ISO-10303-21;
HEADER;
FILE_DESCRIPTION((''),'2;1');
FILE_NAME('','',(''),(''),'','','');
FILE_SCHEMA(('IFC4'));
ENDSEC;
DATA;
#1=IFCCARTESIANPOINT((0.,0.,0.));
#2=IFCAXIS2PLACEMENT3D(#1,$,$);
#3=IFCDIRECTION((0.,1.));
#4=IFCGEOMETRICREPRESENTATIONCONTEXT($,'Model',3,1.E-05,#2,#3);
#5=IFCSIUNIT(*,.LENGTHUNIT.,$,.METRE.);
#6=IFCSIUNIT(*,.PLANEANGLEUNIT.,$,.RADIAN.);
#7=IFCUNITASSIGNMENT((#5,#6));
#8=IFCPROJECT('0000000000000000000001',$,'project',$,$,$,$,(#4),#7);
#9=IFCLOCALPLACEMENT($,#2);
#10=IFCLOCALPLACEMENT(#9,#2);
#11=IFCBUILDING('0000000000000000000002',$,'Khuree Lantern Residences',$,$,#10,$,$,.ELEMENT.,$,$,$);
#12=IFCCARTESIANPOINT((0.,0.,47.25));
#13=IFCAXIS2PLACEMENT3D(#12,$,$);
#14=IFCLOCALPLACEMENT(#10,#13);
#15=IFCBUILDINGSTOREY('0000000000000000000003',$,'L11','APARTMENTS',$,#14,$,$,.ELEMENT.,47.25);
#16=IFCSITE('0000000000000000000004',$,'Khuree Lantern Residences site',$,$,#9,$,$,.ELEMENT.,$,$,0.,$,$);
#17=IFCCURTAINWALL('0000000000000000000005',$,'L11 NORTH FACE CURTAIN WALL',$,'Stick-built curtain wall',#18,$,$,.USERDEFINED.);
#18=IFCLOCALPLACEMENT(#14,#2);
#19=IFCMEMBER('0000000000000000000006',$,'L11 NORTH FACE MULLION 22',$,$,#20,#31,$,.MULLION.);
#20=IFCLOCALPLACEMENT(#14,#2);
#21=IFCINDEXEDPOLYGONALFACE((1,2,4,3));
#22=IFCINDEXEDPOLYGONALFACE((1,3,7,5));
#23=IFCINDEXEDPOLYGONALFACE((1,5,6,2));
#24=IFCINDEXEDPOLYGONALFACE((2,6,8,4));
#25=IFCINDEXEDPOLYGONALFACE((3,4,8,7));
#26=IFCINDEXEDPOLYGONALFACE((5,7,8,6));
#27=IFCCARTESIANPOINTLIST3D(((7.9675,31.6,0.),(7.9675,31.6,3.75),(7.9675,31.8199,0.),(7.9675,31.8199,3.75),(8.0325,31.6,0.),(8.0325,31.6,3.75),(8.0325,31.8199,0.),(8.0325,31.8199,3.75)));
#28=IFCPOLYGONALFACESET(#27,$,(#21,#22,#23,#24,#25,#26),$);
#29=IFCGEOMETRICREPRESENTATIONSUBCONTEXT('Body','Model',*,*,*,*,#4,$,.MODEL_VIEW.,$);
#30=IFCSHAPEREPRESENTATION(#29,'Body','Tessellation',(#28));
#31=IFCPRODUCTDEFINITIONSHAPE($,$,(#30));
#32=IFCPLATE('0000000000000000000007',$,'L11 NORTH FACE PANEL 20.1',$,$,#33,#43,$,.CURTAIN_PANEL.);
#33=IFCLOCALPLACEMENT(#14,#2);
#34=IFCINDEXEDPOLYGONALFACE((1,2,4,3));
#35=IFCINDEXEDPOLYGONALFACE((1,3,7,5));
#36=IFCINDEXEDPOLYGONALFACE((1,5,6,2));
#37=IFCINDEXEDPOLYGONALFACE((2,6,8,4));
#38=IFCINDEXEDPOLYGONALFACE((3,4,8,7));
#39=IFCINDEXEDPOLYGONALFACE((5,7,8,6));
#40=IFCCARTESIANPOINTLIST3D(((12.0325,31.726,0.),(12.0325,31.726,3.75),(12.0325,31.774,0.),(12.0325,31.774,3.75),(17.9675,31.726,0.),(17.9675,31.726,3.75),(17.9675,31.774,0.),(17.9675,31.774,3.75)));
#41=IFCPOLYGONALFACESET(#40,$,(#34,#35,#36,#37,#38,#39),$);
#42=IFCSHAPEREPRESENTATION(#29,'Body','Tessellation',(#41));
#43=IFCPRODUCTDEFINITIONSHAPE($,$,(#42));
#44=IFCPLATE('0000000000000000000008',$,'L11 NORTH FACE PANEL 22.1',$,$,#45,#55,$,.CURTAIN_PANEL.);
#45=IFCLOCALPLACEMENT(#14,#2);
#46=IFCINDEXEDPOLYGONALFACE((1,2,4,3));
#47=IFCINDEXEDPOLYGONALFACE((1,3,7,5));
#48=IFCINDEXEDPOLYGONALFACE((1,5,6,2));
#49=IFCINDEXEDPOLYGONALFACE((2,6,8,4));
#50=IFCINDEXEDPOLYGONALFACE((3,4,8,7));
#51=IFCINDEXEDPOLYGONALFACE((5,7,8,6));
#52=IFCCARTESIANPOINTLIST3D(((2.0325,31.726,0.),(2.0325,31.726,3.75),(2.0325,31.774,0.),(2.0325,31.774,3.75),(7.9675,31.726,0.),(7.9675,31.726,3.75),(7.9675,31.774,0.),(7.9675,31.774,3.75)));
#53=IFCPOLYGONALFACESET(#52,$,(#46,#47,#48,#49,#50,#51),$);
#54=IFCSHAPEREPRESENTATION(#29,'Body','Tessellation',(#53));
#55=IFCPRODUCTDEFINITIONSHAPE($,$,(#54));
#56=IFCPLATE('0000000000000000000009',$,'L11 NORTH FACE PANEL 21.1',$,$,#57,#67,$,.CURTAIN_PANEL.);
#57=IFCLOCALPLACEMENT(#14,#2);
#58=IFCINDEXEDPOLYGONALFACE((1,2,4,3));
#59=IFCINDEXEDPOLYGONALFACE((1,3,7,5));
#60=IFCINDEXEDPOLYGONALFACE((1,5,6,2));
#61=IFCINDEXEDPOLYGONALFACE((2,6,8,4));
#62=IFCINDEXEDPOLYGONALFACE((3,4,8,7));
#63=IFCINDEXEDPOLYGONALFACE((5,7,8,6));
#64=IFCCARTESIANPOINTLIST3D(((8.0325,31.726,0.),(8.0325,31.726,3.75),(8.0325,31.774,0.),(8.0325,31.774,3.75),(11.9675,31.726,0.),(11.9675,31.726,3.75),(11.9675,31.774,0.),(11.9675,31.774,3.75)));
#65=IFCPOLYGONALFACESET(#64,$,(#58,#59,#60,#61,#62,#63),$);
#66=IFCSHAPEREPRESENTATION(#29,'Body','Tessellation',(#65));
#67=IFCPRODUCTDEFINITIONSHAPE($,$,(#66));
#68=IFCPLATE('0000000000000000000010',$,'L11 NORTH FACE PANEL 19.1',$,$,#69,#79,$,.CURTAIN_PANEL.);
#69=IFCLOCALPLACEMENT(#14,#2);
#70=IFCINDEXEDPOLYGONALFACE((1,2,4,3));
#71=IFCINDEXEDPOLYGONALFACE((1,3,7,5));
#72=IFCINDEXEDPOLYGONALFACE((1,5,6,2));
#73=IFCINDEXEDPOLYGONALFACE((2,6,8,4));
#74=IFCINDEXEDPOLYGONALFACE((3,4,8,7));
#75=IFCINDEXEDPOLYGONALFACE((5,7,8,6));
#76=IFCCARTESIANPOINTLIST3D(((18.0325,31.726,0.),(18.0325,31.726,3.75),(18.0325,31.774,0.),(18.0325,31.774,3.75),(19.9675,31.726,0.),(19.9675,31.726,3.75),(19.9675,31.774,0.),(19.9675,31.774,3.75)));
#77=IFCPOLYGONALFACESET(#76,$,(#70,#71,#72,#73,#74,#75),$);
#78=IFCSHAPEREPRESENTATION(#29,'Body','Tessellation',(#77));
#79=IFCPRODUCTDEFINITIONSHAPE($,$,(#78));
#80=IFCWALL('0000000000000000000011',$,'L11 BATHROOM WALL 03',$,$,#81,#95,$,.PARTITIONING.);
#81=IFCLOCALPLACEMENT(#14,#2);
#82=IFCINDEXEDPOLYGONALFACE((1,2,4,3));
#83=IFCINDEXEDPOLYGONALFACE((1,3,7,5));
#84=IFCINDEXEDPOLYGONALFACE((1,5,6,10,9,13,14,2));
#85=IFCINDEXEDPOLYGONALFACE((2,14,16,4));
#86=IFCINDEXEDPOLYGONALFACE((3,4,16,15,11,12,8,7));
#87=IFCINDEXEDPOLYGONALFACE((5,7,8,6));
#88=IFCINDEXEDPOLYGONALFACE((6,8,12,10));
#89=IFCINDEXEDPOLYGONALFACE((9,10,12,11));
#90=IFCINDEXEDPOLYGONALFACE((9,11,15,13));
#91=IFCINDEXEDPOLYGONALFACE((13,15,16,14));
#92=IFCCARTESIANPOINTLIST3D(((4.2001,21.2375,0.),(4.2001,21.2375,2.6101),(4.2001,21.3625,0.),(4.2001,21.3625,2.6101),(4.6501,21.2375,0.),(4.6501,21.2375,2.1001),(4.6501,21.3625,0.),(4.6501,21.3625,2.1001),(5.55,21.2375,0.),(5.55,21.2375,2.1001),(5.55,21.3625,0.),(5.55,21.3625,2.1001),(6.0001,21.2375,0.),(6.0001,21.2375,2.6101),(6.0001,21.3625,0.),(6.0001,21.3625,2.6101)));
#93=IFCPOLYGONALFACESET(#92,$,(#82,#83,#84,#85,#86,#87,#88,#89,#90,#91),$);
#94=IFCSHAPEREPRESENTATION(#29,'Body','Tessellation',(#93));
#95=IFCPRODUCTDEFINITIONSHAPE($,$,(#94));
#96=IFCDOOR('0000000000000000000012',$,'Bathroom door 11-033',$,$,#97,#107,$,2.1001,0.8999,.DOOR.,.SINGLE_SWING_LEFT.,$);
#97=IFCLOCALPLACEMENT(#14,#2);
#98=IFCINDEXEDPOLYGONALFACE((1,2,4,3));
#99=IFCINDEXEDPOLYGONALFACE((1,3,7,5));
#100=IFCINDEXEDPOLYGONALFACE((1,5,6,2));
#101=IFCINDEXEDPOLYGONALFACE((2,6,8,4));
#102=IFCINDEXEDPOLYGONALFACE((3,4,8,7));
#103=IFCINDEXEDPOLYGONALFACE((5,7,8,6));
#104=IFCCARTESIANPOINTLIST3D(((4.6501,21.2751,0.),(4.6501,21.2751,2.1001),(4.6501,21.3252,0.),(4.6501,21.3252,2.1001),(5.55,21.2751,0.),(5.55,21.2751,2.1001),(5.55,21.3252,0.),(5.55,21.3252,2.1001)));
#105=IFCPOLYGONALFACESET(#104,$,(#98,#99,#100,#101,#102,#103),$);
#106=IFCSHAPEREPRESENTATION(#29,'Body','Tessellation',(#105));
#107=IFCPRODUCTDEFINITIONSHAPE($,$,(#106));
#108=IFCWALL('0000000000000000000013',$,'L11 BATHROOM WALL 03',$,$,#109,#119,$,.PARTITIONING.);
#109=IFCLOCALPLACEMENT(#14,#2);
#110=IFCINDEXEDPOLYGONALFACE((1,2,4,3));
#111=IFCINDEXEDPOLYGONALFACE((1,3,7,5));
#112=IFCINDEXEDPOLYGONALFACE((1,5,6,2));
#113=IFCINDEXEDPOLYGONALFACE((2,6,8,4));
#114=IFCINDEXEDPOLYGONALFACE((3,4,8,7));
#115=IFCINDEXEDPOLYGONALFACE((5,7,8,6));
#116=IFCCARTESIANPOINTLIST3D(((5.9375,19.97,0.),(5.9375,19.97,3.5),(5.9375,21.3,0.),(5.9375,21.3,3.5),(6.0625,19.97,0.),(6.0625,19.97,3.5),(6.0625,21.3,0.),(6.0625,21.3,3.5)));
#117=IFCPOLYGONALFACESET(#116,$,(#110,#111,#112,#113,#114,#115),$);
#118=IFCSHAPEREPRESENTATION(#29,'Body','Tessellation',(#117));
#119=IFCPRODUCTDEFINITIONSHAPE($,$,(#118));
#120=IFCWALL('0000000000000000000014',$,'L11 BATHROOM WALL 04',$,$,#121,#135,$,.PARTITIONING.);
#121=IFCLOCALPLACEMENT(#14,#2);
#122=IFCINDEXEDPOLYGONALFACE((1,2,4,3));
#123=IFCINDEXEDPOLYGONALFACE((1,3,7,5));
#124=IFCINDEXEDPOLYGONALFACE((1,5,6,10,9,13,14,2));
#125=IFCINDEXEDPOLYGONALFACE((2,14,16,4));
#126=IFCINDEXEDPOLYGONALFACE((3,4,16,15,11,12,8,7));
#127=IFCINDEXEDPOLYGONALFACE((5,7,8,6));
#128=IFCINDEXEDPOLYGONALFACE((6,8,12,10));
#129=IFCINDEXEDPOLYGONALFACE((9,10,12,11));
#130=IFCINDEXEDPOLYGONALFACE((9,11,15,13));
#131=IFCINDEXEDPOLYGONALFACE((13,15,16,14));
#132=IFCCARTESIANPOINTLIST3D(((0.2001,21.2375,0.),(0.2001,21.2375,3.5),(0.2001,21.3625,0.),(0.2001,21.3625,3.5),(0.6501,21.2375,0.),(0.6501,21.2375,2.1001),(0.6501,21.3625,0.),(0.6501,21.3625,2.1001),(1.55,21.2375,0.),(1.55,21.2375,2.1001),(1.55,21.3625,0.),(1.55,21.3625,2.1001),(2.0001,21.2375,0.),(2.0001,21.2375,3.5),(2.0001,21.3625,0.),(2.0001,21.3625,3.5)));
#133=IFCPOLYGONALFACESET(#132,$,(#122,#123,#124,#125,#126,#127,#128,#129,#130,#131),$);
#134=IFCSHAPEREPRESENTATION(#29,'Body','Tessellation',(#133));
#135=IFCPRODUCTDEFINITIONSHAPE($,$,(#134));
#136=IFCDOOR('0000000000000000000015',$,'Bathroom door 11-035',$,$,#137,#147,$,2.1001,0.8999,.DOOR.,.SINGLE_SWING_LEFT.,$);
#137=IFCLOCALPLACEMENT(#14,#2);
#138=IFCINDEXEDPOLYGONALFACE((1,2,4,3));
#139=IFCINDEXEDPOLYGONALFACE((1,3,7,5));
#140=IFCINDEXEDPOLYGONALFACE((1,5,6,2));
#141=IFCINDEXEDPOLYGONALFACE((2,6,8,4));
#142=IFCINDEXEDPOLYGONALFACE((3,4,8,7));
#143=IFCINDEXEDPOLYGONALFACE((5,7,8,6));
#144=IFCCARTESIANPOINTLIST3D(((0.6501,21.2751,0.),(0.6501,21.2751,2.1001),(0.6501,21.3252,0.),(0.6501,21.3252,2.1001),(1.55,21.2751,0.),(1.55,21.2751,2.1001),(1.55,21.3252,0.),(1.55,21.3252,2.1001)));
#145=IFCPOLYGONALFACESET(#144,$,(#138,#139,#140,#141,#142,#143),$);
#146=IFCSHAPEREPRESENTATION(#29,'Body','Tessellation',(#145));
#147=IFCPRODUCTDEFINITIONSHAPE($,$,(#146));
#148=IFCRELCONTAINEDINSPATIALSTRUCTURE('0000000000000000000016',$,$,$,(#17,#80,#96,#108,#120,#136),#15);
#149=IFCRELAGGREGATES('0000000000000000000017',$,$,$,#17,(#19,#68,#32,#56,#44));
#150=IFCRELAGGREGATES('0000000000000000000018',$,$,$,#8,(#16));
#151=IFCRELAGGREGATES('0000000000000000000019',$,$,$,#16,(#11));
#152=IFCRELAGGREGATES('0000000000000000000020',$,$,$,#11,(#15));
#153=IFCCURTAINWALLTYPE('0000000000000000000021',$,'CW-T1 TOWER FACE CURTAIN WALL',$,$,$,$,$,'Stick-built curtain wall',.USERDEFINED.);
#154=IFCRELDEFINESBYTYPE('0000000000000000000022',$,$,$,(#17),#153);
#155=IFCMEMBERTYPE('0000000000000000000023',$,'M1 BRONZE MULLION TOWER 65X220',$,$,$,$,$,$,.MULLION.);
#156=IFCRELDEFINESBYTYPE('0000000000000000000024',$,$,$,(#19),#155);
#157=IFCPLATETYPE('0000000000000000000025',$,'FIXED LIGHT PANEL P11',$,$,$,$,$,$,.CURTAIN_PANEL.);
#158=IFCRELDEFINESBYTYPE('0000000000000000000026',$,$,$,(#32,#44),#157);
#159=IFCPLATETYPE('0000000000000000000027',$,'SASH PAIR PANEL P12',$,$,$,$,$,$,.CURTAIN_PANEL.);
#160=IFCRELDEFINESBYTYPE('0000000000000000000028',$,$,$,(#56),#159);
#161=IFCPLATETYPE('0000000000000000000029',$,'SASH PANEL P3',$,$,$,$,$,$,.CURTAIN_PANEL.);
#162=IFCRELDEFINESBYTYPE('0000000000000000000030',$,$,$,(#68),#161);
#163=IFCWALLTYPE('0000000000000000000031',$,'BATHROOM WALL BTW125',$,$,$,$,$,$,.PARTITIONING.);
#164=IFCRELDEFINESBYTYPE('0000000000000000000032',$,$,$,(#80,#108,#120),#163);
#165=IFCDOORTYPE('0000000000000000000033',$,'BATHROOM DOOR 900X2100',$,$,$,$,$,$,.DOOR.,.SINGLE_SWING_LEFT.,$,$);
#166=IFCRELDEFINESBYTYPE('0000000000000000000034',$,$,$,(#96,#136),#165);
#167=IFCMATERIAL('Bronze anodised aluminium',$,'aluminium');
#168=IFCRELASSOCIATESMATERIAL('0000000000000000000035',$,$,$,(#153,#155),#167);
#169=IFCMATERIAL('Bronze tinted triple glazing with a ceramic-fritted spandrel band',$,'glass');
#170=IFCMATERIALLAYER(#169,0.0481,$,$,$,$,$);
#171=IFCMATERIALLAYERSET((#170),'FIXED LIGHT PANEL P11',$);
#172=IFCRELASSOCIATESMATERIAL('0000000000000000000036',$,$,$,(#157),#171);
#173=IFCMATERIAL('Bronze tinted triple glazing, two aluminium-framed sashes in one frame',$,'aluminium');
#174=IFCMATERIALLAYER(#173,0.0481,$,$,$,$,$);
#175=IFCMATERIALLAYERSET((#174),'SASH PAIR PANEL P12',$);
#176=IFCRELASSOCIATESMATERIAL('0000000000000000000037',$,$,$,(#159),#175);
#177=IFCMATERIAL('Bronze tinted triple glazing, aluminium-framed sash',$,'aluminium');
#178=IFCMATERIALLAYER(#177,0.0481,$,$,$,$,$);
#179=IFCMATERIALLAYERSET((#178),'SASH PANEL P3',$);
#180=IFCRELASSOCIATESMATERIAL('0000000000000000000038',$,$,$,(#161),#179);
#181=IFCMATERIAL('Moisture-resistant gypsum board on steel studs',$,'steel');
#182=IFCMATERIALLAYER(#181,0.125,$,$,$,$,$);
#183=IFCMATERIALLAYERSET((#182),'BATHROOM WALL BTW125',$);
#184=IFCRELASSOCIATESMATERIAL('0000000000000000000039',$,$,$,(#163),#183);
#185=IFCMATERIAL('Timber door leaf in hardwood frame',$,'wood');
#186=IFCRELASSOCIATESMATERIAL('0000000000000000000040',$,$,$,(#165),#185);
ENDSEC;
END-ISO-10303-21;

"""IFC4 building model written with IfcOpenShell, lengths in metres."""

from ifc_helpers import new_model, si_unit, direction, frame, frame_2d, origin, origin_2d, place, context, subcontext, project, spatial, rectangle, extrude, material, layer, layer_set, material_profile, profile_set, type_object, element, fill, aggregate, save


model = new_model("IFC4")

# Units and contexts
model_context = context("Model", 3, precision=1e-05, world=origin(), true_north=direction((0.0, 1.0)))
body_context = subcontext(model_context, "Body", "Model", "MODEL_VIEW")
ifc_project = project(units=[si_unit("LENGTHUNIT", "METRE"), si_unit("PLANEANGLEUNIT", "RADIAN")], contexts=[model_context])

# Site, building, storey
site_placement = place(None, origin())
site = spatial("IfcSite", under=ifc_project, at=site_placement, Name="Khuree Lantern Residences site", CompositionType="ELEMENT", RefElevation=0.0)
building_placement = place(site_placement, origin())
building = spatial("IfcBuilding", under=site, at=building_placement, Name="Khuree Lantern Residences", CompositionType="ELEMENT")
storey_placement = place(building_placement, frame((0.0, 0.0, 47.25)))
storey = spatial("IfcBuildingStorey", under=building, at=storey_placement, Name="L11", Description="APARTMENTS", CompositionType="ELEMENT", Elevation=47.25)

# Curtain wall
ifc_material_1 = material(Name="Bronze anodised aluminium", Category="aluminium")
curtain_wall_type = type_object("IfcCurtainWallType", Name="CW-T1 TOWER FACE CURTAIN WALL", ElementType="Stick-built curtain wall", PredefinedType="USERDEFINED", material=ifc_material_1)
curtain_wall_placement = place(storey_placement, origin())
curtain_wall = element("IfcCurtainWall", 1, at=curtain_wall_placement, inside=storey, type_object=curtain_wall_type, Name="L11 NORTH FACE CURTAIN WALL", ObjectType="Stick-built curtain wall", PredefinedType="USERDEFINED")

# Member
ifc_material_profile_1 = material_profile(ifc_material_1, rectangle(XDim=0.0649, YDim=0.22, at=origin_2d()), Name="M1 65X220")
ifc_profile_set_1 = profile_set([ifc_material_profile_1], Name="Bronze anodised aluminium")
member_type_1 = type_object("IfcMemberType", Name="M1 BRONZE MULLION TOWER 65X220", PredefinedType="MULLION", material=ifc_profile_set_1)
member_1_placement = place(storey_placement, frame((8.0, 31.71, 0.0), z_axis=(0.0, 0.0, 1.0), x_axis=(-1.0, 0.0, 0.0)))
member_1 = element("IfcMember", 2, at=member_1_placement, type_object=member_type_1, Name="L11 NORTH FACE MULLION 22", PredefinedType="MULLION", context=body_context, shape_type="SweptSolid", body=[
    extrude(rectangle(XDim=0.0649, YDim=0.22, at=origin_2d()), origin(), (0.0, 0.0, 1.0), 3.75),
])

# Plates
ifc_material_2 = material(Name="Bronze tinted triple glazing with a ceramic-fritted spandrel band", Category="glass")
ifc_layer_1 = layer(ifc_material_2, 0.0481)
ifc_layer_set_1 = layer_set([ifc_layer_1], Name="FIXED LIGHT PANEL P11")
plate_type_1 = type_object("IfcPlateType", Name="FIXED LIGHT PANEL P11", PredefinedType="CURTAIN_PANEL", material=ifc_layer_set_1)
plate_1_placement = place(storey_placement, frame((15.0, 31.75, 0.0), z_axis=(0.0, 0.0, 1.0), x_axis=(-1.0, 0.0, 0.0)))
plate_1 = element("IfcPlate", 3, at=plate_1_placement, type_object=plate_type_1, Name="L11 NORTH FACE PANEL 20.1", PredefinedType="CURTAIN_PANEL", context=body_context, shape_type="SweptSolid", body=[
    extrude(rectangle(XDim=5.9351, YDim=0.0481, at=origin_2d()), origin(), (0.0, 0.0, 1.0), 3.75),
])
plate_2_placement = place(storey_placement, frame((5.0, 31.75, 0.0), z_axis=(0.0, 0.0, 1.0), x_axis=(-1.0, 0.0, 0.0)))
plate_2 = element("IfcPlate", 4, at=plate_2_placement, type_object=plate_type_1, Name="L11 NORTH FACE PANEL 22.1", PredefinedType="CURTAIN_PANEL", context=body_context, shape_type="SweptSolid", body=[
    extrude(rectangle(XDim=5.9351, YDim=0.0481, at=origin_2d()), origin(), (0.0, 0.0, 1.0), 3.75),
])
ifc_material_3 = material(Name="Bronze tinted triple glazing, two aluminium-framed sashes in one frame", Category="aluminium")
ifc_layer_2 = layer(ifc_material_3, 0.0481)
ifc_layer_set_2 = layer_set([ifc_layer_2], Name="SASH PAIR PANEL P12")
plate_type_2 = type_object("IfcPlateType", Name="SASH PAIR PANEL P12", PredefinedType="CURTAIN_PANEL", material=ifc_layer_set_2)
plate_3_placement = place(storey_placement, frame((10.0, 31.75, 0.0), z_axis=(0.0, 0.0, 1.0), x_axis=(-1.0, 0.0, 0.0)))
plate_3 = element("IfcPlate", 5, at=plate_3_placement, type_object=plate_type_2, Name="L11 NORTH FACE PANEL 21.1", PredefinedType="CURTAIN_PANEL", context=body_context, shape_type="SweptSolid", body=[
    extrude(rectangle(XDim=3.9351, YDim=0.0481, at=origin_2d()), origin(), (0.0, 0.0, 1.0), 3.75),
])
ifc_material_4 = material(Name="Bronze tinted triple glazing, aluminium-framed sash", Category="aluminium")
ifc_layer_3 = layer(ifc_material_4, 0.0481)
ifc_layer_set_3 = layer_set([ifc_layer_3], Name="SASH PANEL P3")
plate_type_3 = type_object("IfcPlateType", Name="SASH PANEL P3", PredefinedType="CURTAIN_PANEL", material=ifc_layer_set_3)
plate_4_placement = place(storey_placement, frame((19.0, 31.75, 0.0), z_axis=(0.0, 0.0, 1.0), x_axis=(-1.0, 0.0, 0.0)))
plate_4 = element("IfcPlate", 6, at=plate_4_placement, type_object=plate_type_3, Name="L11 NORTH FACE PANEL 19.1", PredefinedType="CURTAIN_PANEL", context=body_context, shape_type="SweptSolid", body=[
    extrude(rectangle(XDim=1.9351, YDim=0.0481, at=origin_2d()), origin(), (0.0, 0.0, 1.0), 3.75),
])
aggregate(curtain_wall, [member_1, plate_4, plate_1, plate_3, plate_2])

# Wall, opening, door
ifc_material_5 = material(Name="Moisture-resistant gypsum board on steel studs", Category="steel")
ifc_layer_4 = layer(ifc_material_5, 0.125)
ifc_layer_set_4 = layer_set([ifc_layer_4], Name="BATHROOM WALL BTW125")
wall_type_1 = type_object("IfcWallType", Name="BATHROOM WALL BTW125", PredefinedType="PARTITIONING", material=ifc_layer_set_4)
wall_1_placement = place(storey_placement, frame((6.0, 21.3, 0.0), z_axis=(0.0, 0.0, 1.0), x_axis=(-1.0, 0.0, 0.0)))
wall_1 = element("IfcWall", 7, at=wall_1_placement, inside=storey, type_object=wall_type_1, Name="L11 BATHROOM WALL 03", PredefinedType="PARTITIONING", context=body_context, shape_type="SweptSolid", body=[
    extrude(rectangle(XDim=1.8, YDim=0.125, at=frame_2d((0.8999, 0.0))), origin(), (0.0, 0.0, 1.0), 2.6101),
])
opening_1_placement = place(wall_1_placement, frame((0.45, 0.0, 0.0)))
opening_1 = element("IfcOpeningElement", 8, at=opening_1_placement, cuts=wall_1, PredefinedType="OPENING", context=body_context, shape_type="SweptSolid", body=[
    extrude(rectangle(XDim=0.8999, YDim=2.1001, at=frame_2d((0.45, 1.05))), frame((0.0, 0.0725, 0.0), z_axis=(0.0, -1.0, 0.0), x_axis=(1.0, 0.0, 0.0)), (0.0, 0.0, 1.0), 0.145),
])
ifc_material_6 = material(Name="Timber door leaf in hardwood frame", Category="wood")
door_type_1 = type_object("IfcDoorType", Name="BATHROOM DOOR 900X2100", OperationType="SINGLE_SWING_LEFT", PredefinedType="DOOR", material=ifc_material_6)
door_1_placement = place(opening_1_placement, origin())
door_1 = element("IfcDoor", 9, at=door_1_placement, inside=storey, type_object=door_type_1, Name="Bathroom door 11-033", OperationType="SINGLE_SWING_LEFT", OverallHeight=2.1001, OverallWidth=0.8999, PredefinedType="DOOR", context=body_context, shape_type="SweptSolid", body=[
    extrude(rectangle(XDim=0.8999, YDim=2.1001, at=frame_2d((0.45, 1.05))), frame((0.0, 0.0249, 0.0), z_axis=(0.0, -1.0, 0.0), x_axis=(1.0, 0.0, 0.0)), (0.0, 0.0, 1.0), 0.05),
])
fill(opening_1, door_1)

# Wall
wall_2_placement = place(storey_placement, frame((6.0, 19.97, 0.0), z_axis=(0.0, 0.0, 1.0), x_axis=(0.0, 1.0, 0.0)))
element("IfcWall", 10, at=wall_2_placement, inside=storey, type_object=wall_type_1, Name="L11 BATHROOM WALL 03", PredefinedType="PARTITIONING", context=body_context, shape_type="SweptSolid", body=[
    extrude(rectangle(XDim=1.3301, YDim=0.125, at=frame_2d((0.665, 0.0))), origin(), (0.0, 0.0, 1.0), 3.5),
])

# Wall, opening, door
wall_3_placement = place(storey_placement, frame((2.0, 21.3, 0.0), z_axis=(0.0, 0.0, 1.0), x_axis=(-1.0, 0.0, 0.0)))
wall_3 = element("IfcWall", 11, at=wall_3_placement, inside=storey, type_object=wall_type_1, Name="L11 BATHROOM WALL 04", PredefinedType="PARTITIONING", context=body_context, shape_type="SweptSolid", body=[
    extrude(rectangle(XDim=1.8, YDim=0.125, at=frame_2d((0.8999, 0.0))), origin(), (0.0, 0.0, 1.0), 3.5),
])
opening_2_placement = place(wall_3_placement, frame((0.45, 0.0, 0.0)))
opening_2 = element("IfcOpeningElement", 12, at=opening_2_placement, cuts=wall_3, PredefinedType="OPENING", context=body_context, shape_type="SweptSolid", body=[
    extrude(rectangle(XDim=0.8999, YDim=2.1001, at=frame_2d((0.45, 1.05))), frame((0.0, 0.0725, 0.0), z_axis=(0.0, -1.0, 0.0), x_axis=(1.0, 0.0, 0.0)), (0.0, 0.0, 1.0), 0.145),
])
door_2_placement = place(opening_2_placement, origin())
door_2 = element("IfcDoor", 13, at=door_2_placement, inside=storey, type_object=door_type_1, Name="Bathroom door 11-035", OperationType="SINGLE_SWING_LEFT", OverallHeight=2.1001, OverallWidth=0.8999, PredefinedType="DOOR", context=body_context, shape_type="SweptSolid", body=[
    extrude(rectangle(XDim=0.8999, YDim=2.1001, at=frame_2d((0.45, 1.05))), frame((0.0, 0.0249, 0.0), z_axis=(0.0, -1.0, 0.0), x_axis=(1.0, 0.0, 0.0)), (0.0, 0.0, 1.0), 0.05),
])
fill(opening_2, door_2)

save(model, "model.ifc")
